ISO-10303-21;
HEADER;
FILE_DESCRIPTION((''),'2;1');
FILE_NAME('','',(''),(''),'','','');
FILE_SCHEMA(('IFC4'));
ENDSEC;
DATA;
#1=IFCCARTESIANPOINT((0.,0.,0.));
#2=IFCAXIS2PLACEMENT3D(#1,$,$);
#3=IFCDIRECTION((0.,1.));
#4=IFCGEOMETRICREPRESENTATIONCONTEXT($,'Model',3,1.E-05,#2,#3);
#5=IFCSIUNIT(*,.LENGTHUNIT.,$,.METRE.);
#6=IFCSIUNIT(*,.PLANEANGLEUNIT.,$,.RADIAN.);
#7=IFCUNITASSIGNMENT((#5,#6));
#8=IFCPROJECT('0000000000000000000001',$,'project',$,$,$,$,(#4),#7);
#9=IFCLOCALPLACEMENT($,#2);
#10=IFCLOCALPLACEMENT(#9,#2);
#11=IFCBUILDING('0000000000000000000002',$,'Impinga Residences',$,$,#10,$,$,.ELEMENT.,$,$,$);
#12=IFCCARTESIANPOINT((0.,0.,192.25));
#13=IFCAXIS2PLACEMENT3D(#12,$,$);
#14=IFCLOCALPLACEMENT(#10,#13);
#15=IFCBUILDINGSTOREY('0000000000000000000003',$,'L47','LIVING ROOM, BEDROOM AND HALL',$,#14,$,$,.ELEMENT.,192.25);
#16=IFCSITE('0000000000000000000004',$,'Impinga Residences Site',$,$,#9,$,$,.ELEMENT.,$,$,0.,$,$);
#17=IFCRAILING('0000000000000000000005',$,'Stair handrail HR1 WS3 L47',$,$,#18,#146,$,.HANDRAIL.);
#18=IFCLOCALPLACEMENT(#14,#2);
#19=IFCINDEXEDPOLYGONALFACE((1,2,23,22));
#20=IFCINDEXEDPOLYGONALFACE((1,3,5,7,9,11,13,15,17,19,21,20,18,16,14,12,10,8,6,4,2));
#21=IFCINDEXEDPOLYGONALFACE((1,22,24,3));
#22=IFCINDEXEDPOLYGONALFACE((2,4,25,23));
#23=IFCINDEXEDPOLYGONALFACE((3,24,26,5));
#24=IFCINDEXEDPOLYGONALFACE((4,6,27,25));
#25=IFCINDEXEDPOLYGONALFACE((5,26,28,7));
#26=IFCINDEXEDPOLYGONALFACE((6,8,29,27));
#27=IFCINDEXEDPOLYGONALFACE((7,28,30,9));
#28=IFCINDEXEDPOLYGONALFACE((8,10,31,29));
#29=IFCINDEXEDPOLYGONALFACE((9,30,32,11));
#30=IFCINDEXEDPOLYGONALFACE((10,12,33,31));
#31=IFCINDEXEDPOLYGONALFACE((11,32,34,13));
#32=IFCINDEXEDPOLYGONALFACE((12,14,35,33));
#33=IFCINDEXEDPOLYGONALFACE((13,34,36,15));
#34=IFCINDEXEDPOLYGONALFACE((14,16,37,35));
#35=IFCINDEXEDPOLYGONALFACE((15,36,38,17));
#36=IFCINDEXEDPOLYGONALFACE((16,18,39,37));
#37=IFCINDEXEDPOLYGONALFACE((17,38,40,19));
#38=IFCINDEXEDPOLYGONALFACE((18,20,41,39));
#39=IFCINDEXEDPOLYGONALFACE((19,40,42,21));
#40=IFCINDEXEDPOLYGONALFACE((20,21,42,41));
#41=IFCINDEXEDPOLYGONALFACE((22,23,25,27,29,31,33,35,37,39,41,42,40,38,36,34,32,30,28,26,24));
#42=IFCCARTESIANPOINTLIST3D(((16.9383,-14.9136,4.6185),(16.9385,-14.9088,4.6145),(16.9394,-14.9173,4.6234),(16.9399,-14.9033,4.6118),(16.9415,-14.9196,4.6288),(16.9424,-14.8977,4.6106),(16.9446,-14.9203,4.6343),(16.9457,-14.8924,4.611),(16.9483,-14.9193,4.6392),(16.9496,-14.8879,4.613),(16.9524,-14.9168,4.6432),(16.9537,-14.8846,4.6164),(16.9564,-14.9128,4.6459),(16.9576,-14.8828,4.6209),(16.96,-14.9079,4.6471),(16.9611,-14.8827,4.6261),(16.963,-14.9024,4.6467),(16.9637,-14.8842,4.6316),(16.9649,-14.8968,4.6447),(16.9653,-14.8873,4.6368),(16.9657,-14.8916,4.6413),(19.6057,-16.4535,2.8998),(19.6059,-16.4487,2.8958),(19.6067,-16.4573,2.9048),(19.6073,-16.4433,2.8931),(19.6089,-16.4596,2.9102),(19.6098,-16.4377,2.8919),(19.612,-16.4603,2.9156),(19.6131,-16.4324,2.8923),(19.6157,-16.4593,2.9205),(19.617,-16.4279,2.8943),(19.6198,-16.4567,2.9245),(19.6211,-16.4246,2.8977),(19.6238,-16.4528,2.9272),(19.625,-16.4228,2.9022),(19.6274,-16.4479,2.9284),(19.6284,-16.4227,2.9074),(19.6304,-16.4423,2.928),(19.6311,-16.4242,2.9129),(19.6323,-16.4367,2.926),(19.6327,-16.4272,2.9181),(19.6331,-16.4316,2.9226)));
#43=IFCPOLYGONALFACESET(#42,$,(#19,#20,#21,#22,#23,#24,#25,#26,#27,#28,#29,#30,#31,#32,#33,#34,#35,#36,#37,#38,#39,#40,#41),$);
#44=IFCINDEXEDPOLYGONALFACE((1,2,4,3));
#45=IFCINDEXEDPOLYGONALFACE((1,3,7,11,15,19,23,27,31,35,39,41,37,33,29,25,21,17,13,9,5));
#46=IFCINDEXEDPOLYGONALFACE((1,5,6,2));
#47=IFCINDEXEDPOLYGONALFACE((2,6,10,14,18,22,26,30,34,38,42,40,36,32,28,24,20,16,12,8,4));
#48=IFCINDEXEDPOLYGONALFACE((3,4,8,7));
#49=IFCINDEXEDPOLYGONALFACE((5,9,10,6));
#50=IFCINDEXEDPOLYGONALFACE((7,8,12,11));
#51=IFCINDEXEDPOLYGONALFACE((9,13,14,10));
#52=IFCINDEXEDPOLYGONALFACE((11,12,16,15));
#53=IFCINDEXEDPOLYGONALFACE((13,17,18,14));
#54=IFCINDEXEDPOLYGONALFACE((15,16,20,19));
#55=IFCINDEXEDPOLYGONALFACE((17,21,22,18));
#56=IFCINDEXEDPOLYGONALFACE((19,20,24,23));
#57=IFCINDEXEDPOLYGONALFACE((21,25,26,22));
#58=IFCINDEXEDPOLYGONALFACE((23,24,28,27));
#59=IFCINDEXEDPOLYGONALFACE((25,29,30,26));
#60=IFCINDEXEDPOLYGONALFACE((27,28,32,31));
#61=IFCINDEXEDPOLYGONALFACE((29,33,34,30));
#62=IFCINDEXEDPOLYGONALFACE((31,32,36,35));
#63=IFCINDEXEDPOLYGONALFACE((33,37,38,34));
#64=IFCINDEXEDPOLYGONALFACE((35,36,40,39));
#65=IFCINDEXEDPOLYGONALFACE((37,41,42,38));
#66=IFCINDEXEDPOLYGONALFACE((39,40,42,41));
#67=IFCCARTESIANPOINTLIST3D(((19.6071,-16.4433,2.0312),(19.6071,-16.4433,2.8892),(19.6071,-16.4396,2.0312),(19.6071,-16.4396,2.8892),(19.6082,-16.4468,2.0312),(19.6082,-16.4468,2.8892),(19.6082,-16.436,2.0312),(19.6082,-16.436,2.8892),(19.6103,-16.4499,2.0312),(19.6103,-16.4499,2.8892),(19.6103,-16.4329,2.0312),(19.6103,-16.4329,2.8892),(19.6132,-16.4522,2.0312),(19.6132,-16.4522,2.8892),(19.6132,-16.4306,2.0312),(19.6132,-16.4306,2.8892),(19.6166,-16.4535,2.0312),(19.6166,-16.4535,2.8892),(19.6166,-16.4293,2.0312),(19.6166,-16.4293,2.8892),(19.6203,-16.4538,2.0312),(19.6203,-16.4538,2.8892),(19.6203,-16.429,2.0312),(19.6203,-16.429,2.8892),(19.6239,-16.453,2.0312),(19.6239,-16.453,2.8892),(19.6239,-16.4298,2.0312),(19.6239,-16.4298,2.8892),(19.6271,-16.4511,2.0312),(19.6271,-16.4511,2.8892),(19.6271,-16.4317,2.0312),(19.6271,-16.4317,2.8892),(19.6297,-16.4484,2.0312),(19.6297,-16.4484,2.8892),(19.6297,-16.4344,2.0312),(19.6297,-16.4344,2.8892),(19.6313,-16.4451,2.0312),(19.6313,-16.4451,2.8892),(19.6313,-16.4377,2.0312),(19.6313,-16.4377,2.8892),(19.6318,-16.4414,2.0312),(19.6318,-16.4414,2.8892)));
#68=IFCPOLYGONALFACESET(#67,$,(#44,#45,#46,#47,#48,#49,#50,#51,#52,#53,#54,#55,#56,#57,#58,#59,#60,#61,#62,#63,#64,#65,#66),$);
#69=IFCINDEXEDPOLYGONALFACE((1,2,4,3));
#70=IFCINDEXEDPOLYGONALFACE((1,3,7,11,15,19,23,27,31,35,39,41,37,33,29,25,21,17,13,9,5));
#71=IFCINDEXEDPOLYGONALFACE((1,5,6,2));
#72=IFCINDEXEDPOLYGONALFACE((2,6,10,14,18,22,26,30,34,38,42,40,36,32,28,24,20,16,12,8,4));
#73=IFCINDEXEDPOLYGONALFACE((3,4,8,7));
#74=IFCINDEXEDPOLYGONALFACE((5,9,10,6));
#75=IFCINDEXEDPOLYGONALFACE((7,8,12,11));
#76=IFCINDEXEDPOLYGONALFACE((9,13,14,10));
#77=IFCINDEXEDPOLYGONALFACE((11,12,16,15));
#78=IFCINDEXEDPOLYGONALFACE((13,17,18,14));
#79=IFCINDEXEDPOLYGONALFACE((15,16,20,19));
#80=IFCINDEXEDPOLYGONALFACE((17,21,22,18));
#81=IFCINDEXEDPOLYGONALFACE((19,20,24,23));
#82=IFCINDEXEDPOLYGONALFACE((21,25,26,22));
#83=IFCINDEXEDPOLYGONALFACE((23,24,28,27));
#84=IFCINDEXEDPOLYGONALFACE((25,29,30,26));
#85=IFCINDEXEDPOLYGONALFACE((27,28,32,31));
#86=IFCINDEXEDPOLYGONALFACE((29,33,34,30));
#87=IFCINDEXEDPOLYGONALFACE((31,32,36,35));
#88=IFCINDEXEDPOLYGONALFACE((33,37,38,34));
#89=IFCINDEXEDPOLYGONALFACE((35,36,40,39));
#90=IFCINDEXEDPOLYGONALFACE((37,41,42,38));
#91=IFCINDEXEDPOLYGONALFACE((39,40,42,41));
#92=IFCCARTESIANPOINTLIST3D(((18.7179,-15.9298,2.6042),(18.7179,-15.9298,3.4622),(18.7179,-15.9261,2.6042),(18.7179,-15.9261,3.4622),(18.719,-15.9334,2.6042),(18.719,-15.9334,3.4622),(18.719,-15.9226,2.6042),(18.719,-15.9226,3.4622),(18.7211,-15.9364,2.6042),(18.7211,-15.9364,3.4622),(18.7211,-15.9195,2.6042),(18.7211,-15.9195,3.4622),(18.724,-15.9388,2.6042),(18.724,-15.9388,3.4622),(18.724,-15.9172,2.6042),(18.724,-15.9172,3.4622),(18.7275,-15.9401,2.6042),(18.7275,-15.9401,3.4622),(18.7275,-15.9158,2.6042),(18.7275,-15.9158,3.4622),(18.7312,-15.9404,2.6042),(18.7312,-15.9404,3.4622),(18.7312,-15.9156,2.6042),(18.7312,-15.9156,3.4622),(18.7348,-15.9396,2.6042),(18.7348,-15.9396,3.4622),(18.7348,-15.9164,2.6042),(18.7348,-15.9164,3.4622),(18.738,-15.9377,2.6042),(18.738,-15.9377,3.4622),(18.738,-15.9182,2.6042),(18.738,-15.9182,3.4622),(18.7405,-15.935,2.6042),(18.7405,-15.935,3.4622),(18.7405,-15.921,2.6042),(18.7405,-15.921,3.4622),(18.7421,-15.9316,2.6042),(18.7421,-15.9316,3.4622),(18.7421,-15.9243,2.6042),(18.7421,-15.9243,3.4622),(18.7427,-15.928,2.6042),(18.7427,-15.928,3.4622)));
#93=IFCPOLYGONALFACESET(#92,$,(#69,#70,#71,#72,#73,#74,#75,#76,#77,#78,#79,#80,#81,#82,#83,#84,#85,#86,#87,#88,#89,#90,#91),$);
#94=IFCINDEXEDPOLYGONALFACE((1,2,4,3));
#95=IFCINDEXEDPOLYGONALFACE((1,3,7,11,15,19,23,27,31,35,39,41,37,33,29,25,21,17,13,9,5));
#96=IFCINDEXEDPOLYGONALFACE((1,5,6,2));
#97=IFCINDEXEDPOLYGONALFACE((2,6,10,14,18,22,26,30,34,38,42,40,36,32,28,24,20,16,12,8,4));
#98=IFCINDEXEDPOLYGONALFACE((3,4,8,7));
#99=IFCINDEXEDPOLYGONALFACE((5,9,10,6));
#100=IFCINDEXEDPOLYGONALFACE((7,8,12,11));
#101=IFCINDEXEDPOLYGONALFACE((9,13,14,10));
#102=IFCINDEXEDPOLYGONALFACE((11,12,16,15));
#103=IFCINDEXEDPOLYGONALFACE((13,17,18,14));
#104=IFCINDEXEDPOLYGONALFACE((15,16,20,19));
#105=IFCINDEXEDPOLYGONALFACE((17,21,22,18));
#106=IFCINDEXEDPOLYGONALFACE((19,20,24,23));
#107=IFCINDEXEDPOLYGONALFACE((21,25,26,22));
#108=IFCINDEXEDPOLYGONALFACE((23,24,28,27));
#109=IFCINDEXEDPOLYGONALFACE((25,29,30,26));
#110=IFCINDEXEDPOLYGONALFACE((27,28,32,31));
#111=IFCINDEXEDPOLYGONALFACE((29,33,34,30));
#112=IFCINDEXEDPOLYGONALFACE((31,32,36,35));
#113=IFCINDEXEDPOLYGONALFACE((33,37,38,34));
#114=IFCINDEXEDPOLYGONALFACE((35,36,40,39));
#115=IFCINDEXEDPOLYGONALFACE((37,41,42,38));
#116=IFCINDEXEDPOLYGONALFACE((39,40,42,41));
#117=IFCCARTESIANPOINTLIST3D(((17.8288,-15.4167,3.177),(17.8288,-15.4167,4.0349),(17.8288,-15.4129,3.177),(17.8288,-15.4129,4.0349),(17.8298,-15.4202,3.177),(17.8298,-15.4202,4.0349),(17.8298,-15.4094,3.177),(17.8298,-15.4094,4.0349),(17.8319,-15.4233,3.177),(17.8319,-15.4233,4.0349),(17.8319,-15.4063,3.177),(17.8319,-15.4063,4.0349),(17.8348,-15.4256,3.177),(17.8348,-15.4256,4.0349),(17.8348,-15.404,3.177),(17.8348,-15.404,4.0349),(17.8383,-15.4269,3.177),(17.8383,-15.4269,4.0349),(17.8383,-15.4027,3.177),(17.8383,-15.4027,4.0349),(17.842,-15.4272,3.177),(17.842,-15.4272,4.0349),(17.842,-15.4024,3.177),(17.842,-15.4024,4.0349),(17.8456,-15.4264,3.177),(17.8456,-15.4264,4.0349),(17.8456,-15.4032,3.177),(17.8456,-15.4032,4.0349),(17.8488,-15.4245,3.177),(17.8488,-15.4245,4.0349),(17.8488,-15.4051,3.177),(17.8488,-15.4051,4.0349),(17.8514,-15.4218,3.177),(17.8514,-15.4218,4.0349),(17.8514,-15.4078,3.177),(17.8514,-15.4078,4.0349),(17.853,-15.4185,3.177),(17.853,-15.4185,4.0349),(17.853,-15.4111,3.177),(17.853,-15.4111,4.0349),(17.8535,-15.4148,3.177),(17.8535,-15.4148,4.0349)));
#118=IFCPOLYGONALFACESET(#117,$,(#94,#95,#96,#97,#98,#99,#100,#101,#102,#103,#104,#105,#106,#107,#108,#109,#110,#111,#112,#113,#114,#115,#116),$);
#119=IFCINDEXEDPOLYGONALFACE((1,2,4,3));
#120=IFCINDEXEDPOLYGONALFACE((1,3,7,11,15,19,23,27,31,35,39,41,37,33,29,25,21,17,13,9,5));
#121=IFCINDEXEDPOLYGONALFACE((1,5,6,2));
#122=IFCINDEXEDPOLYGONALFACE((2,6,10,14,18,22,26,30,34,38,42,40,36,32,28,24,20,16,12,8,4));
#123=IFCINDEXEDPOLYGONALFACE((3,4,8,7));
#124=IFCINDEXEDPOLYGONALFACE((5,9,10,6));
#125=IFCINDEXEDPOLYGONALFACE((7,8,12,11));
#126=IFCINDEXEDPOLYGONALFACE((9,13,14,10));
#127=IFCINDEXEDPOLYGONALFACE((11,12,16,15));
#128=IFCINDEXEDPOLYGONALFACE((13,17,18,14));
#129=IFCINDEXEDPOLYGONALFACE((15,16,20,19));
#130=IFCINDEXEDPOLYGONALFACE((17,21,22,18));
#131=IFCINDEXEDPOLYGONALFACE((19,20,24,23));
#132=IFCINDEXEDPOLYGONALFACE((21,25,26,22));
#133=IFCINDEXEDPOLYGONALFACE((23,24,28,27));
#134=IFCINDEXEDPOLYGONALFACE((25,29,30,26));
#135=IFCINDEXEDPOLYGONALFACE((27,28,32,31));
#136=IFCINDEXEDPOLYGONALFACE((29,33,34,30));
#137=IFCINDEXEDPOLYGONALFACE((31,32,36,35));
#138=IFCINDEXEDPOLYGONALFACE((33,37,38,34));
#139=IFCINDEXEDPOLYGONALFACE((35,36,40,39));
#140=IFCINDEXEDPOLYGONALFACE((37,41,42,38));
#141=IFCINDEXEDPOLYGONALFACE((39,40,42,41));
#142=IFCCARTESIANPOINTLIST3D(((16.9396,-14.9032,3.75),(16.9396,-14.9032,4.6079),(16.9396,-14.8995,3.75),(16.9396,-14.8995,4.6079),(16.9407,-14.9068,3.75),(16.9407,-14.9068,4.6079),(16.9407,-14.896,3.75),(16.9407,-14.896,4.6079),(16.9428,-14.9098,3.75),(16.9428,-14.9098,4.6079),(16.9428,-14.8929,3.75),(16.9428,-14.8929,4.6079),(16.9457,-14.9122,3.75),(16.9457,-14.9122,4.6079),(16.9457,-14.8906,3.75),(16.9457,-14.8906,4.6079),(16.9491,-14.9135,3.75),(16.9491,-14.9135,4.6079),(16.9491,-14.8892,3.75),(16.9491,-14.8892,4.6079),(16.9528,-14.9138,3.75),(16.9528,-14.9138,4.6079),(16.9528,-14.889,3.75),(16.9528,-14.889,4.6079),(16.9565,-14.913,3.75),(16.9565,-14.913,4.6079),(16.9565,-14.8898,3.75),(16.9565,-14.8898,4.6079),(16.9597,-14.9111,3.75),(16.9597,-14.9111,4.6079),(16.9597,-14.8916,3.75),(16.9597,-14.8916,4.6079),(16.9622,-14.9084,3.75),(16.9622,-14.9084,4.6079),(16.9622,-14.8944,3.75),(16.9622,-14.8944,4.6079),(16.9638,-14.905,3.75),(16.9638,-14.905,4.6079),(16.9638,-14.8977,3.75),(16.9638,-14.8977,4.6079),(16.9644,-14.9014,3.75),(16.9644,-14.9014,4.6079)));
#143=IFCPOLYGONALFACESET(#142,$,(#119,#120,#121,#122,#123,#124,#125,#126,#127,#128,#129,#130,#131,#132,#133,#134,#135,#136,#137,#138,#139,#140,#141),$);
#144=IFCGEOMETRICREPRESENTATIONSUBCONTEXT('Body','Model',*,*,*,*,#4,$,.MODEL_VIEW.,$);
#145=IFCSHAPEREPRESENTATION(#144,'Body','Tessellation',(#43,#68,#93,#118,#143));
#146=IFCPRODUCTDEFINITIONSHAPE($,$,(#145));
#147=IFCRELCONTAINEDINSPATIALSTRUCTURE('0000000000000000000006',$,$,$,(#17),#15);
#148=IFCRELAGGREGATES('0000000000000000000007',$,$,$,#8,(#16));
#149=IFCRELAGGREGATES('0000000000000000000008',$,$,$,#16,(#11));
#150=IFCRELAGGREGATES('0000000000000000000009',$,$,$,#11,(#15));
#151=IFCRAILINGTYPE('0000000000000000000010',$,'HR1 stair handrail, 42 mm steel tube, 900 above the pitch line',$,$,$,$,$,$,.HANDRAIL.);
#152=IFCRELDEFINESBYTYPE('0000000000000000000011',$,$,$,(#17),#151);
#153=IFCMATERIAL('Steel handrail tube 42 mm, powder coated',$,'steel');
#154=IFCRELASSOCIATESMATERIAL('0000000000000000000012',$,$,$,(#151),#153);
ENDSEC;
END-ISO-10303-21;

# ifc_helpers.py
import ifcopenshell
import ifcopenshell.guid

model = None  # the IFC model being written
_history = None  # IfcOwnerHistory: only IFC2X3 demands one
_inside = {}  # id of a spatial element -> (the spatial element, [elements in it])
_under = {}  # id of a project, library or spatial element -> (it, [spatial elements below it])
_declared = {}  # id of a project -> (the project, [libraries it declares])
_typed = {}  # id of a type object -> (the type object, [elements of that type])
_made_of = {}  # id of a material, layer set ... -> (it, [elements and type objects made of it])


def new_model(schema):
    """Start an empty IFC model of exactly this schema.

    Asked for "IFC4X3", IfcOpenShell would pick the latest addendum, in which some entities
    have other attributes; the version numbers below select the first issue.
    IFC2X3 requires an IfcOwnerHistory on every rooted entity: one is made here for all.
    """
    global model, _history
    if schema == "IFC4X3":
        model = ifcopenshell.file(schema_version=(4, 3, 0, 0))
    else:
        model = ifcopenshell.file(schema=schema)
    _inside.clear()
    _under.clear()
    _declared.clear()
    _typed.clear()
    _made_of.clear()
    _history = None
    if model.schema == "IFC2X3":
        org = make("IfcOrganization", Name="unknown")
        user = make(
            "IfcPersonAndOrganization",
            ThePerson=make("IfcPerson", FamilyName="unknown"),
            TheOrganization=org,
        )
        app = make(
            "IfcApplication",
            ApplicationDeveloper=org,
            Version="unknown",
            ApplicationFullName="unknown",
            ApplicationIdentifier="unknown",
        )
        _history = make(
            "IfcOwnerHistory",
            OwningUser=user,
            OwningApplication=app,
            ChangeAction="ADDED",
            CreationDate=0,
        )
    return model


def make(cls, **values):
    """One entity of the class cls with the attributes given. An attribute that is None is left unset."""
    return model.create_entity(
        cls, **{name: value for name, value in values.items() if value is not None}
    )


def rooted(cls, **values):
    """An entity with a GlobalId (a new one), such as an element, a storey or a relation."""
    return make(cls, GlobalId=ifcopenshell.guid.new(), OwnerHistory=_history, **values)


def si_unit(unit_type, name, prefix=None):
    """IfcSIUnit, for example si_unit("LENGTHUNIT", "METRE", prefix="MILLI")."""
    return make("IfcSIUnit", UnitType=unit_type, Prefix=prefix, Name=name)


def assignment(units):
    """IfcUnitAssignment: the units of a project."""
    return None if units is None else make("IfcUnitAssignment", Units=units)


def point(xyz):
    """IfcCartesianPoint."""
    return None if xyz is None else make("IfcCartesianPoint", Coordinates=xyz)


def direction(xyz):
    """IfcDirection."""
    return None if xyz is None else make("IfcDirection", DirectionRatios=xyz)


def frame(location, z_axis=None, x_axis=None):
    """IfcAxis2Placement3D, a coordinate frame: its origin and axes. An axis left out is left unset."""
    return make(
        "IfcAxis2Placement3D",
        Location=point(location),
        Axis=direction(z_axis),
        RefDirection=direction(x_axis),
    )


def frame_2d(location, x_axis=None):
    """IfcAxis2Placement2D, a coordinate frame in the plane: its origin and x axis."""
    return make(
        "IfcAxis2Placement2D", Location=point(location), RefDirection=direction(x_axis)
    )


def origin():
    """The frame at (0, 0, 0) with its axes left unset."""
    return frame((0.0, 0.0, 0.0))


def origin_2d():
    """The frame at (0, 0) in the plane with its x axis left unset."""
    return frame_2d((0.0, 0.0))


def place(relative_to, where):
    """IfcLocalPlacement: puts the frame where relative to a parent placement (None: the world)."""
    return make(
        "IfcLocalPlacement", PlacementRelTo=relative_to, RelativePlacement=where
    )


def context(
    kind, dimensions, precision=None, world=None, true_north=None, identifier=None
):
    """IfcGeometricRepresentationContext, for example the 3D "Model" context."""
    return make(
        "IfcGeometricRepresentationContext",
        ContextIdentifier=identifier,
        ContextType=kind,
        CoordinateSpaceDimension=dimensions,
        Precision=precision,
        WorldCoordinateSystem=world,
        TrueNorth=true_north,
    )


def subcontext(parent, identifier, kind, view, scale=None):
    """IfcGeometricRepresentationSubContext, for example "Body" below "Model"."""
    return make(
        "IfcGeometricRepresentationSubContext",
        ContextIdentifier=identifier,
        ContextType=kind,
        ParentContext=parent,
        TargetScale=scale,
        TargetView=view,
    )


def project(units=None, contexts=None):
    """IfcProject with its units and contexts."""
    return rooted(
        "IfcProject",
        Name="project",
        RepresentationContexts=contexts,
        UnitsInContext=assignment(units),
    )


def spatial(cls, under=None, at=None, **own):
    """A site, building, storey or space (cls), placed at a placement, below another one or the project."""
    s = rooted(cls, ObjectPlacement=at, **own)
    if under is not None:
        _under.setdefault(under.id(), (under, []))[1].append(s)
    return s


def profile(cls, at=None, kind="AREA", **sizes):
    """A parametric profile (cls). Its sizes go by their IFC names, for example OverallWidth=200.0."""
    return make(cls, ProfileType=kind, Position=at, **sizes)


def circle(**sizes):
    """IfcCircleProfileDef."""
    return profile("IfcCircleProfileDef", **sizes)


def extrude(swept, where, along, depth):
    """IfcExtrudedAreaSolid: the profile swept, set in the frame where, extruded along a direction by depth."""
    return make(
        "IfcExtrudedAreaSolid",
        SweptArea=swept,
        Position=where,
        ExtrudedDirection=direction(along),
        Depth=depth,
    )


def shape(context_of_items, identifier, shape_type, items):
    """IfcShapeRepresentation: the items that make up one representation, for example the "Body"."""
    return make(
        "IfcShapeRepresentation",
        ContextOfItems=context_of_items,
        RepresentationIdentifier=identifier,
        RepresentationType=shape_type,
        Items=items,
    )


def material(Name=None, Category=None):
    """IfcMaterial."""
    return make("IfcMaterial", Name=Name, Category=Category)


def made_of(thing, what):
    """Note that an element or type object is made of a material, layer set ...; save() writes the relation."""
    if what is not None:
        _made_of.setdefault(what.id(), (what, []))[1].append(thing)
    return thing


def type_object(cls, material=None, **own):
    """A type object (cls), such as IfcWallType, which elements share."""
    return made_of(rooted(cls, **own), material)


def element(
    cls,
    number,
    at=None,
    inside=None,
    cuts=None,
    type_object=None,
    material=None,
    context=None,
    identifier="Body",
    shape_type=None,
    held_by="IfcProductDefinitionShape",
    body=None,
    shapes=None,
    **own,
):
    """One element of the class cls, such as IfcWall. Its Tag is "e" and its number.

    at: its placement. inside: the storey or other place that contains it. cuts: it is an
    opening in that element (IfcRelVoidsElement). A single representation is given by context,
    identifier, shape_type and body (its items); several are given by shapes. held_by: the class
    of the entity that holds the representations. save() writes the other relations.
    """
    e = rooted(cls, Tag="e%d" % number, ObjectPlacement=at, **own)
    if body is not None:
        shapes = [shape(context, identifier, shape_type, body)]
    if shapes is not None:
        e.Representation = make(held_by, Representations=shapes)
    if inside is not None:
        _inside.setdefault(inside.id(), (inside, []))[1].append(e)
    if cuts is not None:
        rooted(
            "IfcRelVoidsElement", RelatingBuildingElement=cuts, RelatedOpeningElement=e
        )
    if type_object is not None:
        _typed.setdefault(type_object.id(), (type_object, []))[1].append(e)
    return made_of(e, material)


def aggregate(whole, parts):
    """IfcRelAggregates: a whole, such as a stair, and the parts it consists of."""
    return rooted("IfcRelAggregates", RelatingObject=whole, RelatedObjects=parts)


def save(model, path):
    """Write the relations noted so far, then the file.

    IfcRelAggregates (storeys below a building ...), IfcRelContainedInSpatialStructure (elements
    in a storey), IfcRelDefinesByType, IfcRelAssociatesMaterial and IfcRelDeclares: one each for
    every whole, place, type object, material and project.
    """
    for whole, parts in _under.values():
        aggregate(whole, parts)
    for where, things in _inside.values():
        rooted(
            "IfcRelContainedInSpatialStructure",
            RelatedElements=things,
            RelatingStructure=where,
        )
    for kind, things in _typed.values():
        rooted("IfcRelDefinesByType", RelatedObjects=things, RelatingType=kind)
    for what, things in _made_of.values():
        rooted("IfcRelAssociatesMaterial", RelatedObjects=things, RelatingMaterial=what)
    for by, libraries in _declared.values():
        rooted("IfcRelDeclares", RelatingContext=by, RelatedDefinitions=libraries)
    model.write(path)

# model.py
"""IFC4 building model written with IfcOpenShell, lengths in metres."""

from ifc_helpers import new_model, si_unit, direction, frame, origin, origin_2d, place, context, subcontext, project, spatial, circle, extrude, material, type_object, element, save


model = new_model("IFC4")

# Units and contexts
model_context = context("Model", 3, precision=1e-05, world=origin(), true_north=direction((0.0, 1.0)))
body_context = subcontext(model_context, "Body", "Model", "MODEL_VIEW")
ifc_project = project(units=[si_unit("LENGTHUNIT", "METRE"), si_unit("PLANEANGLEUNIT", "RADIAN")], contexts=[model_context])

# Site, building, storey
site_placement = place(None, origin())
site = spatial("IfcSite", under=ifc_project, at=site_placement, Name="Impinga Residences Site", CompositionType="ELEMENT", RefElevation=0.0)
building_placement = place(site_placement, origin())
building = spatial("IfcBuilding", under=site, at=building_placement, Name="Impinga Residences", CompositionType="ELEMENT")
storey_placement = place(building_placement, frame((0.0, 0.0, 192.25)))
storey = spatial("IfcBuildingStorey", under=building, at=storey_placement, Name="L47", Description="LIVING ROOM, BEDROOM AND HALL", CompositionType="ELEMENT", Elevation=192.25)

# Railing
ifc_material_1 = material(Name="Steel handrail tube 42 mm, powder coated", Category="steel")
railing_type_1 = type_object("IfcRailingType", Name="HR1 stair handrail, 42 mm steel tube, 900 above the pitch line", PredefinedType="HANDRAIL", material=ifc_material_1)
railing_1_placement = place(storey_placement, frame((19.6194, -16.4414, 2.0312)))
element("IfcRailing", 1, at=railing_1_placement, inside=storey, type_object=railing_type_1, Name="Stair handrail HR1 WS3 L47", PredefinedType="HANDRAIL", context=body_context, shape_type="SweptSolid", body=[
    extrude(circle(Radius=0.021, at=origin_2d()), frame((0.0, 0.0, 0.8789), z_axis=(-0.756256, 0.436616, 0.487282), x_axis=(-0.499992, -0.86603, 0.0)), (0.0, 0.0, 1.0), 3.5271),
    extrude(circle(Radius=0.0125, at=origin_2d()), origin(), (0.0, 0.0, 1.0), 0.8579),
    extrude(circle(Radius=0.0125, at=origin_2d()), frame((-0.8892, 0.5134, 0.573)), (0.0, 0.0, 1.0), 0.8579),
    extrude(circle(Radius=0.0125, at=origin_2d()), frame((-1.7783, 1.0266, 1.1458)), (0.0, 0.0, 1.0), 0.8579),
    extrude(circle(Radius=0.0125, at=origin_2d()), frame((-2.6675, 1.54, 1.7188)), (0.0, 0.0, 1.0), 0.8579),
])

save(model, "model.ifc")
